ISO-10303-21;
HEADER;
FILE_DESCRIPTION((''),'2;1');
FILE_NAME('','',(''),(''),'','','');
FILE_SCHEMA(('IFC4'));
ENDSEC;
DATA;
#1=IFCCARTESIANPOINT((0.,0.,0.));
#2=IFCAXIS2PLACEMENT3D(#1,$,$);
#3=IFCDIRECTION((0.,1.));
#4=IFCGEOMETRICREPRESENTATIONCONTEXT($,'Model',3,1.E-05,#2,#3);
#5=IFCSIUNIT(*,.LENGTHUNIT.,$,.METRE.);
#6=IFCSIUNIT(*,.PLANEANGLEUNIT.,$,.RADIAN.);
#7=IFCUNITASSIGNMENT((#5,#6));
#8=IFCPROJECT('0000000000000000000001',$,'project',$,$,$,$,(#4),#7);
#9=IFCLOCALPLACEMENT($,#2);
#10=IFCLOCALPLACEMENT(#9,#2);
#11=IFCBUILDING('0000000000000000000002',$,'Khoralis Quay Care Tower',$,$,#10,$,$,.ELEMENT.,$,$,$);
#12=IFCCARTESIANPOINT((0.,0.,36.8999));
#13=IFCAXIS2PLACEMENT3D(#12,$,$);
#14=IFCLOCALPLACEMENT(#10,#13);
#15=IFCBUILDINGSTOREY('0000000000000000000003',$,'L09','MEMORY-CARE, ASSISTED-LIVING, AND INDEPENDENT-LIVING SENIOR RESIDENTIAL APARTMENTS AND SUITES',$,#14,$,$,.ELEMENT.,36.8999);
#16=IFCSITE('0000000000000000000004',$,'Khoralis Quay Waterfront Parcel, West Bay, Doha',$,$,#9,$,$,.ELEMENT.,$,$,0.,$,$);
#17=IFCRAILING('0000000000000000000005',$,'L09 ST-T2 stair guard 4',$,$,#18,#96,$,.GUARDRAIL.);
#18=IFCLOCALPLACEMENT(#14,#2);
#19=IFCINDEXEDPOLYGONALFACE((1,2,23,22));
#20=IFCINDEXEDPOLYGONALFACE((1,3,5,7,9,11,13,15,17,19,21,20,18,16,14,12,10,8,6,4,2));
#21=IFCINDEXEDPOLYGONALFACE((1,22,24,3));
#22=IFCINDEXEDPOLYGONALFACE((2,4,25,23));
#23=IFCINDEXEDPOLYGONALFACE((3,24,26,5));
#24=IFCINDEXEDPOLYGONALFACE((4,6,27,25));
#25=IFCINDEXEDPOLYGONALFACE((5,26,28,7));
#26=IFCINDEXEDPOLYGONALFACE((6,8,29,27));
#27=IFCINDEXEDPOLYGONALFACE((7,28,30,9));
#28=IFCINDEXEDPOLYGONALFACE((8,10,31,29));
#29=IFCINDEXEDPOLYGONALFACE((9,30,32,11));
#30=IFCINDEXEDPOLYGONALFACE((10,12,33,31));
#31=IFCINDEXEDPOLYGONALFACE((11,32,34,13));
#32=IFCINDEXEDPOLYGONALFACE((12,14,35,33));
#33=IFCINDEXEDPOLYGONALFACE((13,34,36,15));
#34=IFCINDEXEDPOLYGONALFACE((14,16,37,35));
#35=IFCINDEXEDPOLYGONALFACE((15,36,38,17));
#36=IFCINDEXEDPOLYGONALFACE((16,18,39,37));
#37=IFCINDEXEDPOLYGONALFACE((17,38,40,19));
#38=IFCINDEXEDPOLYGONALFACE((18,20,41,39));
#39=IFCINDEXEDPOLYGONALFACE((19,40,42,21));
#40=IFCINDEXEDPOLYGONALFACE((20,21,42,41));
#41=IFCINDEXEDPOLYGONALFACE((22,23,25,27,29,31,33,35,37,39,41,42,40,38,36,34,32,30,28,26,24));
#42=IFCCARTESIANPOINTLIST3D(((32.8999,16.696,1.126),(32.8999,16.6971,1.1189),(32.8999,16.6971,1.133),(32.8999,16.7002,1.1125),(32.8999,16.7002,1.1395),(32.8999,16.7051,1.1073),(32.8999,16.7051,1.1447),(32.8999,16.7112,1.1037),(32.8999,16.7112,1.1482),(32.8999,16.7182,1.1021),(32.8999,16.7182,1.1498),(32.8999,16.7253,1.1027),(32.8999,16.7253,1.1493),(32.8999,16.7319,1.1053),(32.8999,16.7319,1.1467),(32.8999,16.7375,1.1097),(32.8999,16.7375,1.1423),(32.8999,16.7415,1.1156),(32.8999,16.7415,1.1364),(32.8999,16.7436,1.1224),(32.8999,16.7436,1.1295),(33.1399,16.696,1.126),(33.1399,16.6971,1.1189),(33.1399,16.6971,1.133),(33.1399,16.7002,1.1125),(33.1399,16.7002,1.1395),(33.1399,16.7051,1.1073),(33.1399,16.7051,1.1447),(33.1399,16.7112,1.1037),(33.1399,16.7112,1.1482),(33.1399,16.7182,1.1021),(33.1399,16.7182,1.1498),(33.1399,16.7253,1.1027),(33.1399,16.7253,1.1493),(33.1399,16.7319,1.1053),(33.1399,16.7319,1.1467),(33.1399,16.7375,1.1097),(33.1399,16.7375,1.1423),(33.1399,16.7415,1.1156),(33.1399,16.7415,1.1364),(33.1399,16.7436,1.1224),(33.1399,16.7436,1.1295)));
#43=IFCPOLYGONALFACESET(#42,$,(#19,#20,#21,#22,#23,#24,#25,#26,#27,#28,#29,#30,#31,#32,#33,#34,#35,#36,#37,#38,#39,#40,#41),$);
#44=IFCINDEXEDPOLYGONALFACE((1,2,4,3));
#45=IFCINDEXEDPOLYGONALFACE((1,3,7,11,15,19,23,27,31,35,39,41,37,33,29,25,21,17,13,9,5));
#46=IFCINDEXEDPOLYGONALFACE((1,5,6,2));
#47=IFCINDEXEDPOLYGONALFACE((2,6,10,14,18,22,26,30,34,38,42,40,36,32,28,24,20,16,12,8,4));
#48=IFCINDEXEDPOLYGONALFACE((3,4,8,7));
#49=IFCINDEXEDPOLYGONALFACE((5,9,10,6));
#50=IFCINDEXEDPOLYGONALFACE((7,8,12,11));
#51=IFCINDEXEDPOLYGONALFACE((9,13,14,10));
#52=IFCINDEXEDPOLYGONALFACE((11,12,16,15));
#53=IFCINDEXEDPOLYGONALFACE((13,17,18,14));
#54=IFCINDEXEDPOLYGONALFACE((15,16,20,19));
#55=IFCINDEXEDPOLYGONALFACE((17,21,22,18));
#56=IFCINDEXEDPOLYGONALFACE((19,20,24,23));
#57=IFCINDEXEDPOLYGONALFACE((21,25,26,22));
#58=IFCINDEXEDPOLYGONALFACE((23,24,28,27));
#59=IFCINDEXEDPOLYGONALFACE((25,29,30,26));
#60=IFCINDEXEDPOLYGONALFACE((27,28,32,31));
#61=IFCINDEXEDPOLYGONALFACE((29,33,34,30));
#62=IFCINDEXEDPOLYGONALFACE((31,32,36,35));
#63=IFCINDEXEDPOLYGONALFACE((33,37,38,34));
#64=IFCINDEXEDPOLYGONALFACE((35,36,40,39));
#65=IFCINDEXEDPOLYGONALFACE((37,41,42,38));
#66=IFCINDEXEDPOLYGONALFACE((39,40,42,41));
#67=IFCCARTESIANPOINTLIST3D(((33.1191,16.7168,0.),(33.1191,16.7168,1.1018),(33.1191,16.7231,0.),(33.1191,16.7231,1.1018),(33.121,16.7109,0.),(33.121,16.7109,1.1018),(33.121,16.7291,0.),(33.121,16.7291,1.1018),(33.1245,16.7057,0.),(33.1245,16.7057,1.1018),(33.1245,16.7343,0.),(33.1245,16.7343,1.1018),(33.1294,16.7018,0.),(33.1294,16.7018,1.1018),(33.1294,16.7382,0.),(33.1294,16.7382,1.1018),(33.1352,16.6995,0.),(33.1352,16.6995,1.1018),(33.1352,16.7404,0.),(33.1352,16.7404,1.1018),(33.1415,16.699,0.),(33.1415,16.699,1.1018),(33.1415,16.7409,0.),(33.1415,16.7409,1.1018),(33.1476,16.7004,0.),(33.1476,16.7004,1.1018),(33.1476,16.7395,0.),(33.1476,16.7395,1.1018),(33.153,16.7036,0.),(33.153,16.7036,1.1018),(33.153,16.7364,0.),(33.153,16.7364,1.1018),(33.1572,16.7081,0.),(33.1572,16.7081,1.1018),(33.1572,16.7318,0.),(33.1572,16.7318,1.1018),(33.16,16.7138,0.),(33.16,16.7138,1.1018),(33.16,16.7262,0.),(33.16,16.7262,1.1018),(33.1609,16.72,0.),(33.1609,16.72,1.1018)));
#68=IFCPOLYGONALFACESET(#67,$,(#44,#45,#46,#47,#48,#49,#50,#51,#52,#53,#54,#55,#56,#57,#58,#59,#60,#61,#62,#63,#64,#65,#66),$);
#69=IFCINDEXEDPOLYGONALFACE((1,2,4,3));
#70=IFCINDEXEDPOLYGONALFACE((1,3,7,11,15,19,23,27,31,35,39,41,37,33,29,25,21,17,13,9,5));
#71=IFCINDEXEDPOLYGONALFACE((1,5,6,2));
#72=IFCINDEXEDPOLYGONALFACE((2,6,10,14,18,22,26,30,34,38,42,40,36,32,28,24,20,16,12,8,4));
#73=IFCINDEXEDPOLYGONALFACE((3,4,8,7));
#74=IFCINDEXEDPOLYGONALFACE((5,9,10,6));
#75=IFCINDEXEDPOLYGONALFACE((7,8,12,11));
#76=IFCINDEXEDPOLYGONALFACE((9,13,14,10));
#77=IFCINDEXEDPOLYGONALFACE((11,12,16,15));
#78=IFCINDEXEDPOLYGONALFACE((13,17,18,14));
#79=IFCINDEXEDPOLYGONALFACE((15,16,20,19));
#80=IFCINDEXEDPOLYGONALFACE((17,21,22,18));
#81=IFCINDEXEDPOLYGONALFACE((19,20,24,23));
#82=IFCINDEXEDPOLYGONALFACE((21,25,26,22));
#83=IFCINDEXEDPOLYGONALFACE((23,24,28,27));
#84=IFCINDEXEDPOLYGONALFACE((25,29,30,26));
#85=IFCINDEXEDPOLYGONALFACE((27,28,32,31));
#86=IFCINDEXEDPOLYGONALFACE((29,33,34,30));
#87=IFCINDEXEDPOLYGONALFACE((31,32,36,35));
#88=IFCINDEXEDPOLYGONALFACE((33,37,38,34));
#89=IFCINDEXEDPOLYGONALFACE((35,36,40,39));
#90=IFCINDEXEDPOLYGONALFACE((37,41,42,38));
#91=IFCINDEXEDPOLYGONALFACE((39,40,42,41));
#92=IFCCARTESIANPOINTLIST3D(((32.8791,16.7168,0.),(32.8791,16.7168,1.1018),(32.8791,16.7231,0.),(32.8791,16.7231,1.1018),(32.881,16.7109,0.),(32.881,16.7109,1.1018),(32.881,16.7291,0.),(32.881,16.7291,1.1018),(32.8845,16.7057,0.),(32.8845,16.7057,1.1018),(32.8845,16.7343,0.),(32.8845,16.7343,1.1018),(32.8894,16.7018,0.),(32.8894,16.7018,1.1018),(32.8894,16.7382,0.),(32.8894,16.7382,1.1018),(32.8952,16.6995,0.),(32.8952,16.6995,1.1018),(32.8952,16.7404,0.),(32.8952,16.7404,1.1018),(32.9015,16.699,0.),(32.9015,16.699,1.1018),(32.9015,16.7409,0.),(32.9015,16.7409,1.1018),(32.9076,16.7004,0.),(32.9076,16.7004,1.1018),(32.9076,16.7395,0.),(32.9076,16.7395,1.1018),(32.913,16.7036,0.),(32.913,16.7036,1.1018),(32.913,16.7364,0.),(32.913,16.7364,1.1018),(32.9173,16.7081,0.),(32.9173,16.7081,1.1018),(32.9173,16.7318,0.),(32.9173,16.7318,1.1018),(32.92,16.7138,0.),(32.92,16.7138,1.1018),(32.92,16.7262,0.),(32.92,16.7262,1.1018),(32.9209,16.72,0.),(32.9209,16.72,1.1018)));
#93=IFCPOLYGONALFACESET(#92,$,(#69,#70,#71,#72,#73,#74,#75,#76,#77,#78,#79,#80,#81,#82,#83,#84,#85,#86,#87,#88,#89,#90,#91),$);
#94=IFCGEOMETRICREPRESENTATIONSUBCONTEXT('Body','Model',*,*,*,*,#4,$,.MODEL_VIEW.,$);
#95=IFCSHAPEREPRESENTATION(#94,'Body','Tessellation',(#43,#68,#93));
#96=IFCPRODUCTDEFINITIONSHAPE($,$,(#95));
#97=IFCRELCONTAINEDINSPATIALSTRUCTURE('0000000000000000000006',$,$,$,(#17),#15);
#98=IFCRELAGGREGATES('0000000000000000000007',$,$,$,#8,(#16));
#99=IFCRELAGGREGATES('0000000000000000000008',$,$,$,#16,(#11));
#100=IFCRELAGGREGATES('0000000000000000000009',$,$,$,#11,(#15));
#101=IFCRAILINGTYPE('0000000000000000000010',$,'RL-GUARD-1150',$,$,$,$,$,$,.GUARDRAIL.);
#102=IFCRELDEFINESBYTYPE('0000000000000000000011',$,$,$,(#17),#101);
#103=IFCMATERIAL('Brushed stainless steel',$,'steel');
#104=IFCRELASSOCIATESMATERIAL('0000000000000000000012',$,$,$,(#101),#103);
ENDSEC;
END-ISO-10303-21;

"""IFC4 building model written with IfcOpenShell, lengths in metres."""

from ifc_helpers import new_model, si_unit, direction, frame, origin, origin_2d, place, context, subcontext, project, spatial, circle, extrude, material, type_object, element, save


model = new_model("IFC4")

# Units and contexts
model_context = context("Model", 3, precision=1e-05, world=origin(), true_north=direction((0.0, 1.0)))
body_context = subcontext(model_context, "Body", "Model", "MODEL_VIEW")
ifc_project = project(units=[si_unit("LENGTHUNIT", "METRE"), si_unit("PLANEANGLEUNIT", "RADIAN")], contexts=[model_context])

# Site, building, storey
site_placement = place(None, origin())
site = spatial("IfcSite", under=ifc_project, at=site_placement, Name="Khoralis Quay Waterfront Parcel, West Bay, Doha", CompositionType="ELEMENT", RefElevation=0.0)
building_placement = place(site_placement, origin())
building = spatial("IfcBuilding", under=site, at=building_placement, Name="Khoralis Quay Care Tower", CompositionType="ELEMENT")
storey_placement = place(building_placement, frame((0.0, 0.0, 36.8999)))
storey = spatial("IfcBuildingStorey", under=building, at=storey_placement, Name="L09", Description="MEMORY-CARE, ASSISTED-LIVING, AND INDEPENDENT-LIVING SENIOR RESIDENTIAL APARTMENTS AND SUITES", CompositionType="ELEMENT", Elevation=36.8999)

# Shared definitions
ifc_material_1 = material(Name="Brushed stainless steel", Category="steel")

# Railing
railing_type_1 = type_object("IfcRailingType", Name="RL-GUARD-1150", PredefinedType="GUARDRAIL", material=ifc_material_1)
railing_1_placement = place(storey_placement, frame((33.1399, 16.72, 0.0)))
element("IfcRailing", 1, at=railing_1_placement, inside=storey, type_object=railing_type_1, Name="L09 ST-T2 stair guard 4", PredefinedType="GUARDRAIL", context=body_context, shape_type="SweptSolid", body=[
    extrude(circle(Radius=0.0239, at=origin_2d()), frame((0.0, 0.0, 1.126), z_axis=(-1.0, 0.0, 0.0), x_axis=(0.0, -1.0, 0.0)), (0.0, 0.0, 1.0), 0.24),
    extrude(circle(Radius=0.021, at=origin_2d()), origin(), (0.0, 0.0, 1.0), 1.1018),
    extrude(circle(Radius=0.021, at=origin_2d()), frame((-0.24, 0.0, 0.0)), (0.0, 0.0, 1.0), 1.1018),
])

save(model, "model.ifc")
